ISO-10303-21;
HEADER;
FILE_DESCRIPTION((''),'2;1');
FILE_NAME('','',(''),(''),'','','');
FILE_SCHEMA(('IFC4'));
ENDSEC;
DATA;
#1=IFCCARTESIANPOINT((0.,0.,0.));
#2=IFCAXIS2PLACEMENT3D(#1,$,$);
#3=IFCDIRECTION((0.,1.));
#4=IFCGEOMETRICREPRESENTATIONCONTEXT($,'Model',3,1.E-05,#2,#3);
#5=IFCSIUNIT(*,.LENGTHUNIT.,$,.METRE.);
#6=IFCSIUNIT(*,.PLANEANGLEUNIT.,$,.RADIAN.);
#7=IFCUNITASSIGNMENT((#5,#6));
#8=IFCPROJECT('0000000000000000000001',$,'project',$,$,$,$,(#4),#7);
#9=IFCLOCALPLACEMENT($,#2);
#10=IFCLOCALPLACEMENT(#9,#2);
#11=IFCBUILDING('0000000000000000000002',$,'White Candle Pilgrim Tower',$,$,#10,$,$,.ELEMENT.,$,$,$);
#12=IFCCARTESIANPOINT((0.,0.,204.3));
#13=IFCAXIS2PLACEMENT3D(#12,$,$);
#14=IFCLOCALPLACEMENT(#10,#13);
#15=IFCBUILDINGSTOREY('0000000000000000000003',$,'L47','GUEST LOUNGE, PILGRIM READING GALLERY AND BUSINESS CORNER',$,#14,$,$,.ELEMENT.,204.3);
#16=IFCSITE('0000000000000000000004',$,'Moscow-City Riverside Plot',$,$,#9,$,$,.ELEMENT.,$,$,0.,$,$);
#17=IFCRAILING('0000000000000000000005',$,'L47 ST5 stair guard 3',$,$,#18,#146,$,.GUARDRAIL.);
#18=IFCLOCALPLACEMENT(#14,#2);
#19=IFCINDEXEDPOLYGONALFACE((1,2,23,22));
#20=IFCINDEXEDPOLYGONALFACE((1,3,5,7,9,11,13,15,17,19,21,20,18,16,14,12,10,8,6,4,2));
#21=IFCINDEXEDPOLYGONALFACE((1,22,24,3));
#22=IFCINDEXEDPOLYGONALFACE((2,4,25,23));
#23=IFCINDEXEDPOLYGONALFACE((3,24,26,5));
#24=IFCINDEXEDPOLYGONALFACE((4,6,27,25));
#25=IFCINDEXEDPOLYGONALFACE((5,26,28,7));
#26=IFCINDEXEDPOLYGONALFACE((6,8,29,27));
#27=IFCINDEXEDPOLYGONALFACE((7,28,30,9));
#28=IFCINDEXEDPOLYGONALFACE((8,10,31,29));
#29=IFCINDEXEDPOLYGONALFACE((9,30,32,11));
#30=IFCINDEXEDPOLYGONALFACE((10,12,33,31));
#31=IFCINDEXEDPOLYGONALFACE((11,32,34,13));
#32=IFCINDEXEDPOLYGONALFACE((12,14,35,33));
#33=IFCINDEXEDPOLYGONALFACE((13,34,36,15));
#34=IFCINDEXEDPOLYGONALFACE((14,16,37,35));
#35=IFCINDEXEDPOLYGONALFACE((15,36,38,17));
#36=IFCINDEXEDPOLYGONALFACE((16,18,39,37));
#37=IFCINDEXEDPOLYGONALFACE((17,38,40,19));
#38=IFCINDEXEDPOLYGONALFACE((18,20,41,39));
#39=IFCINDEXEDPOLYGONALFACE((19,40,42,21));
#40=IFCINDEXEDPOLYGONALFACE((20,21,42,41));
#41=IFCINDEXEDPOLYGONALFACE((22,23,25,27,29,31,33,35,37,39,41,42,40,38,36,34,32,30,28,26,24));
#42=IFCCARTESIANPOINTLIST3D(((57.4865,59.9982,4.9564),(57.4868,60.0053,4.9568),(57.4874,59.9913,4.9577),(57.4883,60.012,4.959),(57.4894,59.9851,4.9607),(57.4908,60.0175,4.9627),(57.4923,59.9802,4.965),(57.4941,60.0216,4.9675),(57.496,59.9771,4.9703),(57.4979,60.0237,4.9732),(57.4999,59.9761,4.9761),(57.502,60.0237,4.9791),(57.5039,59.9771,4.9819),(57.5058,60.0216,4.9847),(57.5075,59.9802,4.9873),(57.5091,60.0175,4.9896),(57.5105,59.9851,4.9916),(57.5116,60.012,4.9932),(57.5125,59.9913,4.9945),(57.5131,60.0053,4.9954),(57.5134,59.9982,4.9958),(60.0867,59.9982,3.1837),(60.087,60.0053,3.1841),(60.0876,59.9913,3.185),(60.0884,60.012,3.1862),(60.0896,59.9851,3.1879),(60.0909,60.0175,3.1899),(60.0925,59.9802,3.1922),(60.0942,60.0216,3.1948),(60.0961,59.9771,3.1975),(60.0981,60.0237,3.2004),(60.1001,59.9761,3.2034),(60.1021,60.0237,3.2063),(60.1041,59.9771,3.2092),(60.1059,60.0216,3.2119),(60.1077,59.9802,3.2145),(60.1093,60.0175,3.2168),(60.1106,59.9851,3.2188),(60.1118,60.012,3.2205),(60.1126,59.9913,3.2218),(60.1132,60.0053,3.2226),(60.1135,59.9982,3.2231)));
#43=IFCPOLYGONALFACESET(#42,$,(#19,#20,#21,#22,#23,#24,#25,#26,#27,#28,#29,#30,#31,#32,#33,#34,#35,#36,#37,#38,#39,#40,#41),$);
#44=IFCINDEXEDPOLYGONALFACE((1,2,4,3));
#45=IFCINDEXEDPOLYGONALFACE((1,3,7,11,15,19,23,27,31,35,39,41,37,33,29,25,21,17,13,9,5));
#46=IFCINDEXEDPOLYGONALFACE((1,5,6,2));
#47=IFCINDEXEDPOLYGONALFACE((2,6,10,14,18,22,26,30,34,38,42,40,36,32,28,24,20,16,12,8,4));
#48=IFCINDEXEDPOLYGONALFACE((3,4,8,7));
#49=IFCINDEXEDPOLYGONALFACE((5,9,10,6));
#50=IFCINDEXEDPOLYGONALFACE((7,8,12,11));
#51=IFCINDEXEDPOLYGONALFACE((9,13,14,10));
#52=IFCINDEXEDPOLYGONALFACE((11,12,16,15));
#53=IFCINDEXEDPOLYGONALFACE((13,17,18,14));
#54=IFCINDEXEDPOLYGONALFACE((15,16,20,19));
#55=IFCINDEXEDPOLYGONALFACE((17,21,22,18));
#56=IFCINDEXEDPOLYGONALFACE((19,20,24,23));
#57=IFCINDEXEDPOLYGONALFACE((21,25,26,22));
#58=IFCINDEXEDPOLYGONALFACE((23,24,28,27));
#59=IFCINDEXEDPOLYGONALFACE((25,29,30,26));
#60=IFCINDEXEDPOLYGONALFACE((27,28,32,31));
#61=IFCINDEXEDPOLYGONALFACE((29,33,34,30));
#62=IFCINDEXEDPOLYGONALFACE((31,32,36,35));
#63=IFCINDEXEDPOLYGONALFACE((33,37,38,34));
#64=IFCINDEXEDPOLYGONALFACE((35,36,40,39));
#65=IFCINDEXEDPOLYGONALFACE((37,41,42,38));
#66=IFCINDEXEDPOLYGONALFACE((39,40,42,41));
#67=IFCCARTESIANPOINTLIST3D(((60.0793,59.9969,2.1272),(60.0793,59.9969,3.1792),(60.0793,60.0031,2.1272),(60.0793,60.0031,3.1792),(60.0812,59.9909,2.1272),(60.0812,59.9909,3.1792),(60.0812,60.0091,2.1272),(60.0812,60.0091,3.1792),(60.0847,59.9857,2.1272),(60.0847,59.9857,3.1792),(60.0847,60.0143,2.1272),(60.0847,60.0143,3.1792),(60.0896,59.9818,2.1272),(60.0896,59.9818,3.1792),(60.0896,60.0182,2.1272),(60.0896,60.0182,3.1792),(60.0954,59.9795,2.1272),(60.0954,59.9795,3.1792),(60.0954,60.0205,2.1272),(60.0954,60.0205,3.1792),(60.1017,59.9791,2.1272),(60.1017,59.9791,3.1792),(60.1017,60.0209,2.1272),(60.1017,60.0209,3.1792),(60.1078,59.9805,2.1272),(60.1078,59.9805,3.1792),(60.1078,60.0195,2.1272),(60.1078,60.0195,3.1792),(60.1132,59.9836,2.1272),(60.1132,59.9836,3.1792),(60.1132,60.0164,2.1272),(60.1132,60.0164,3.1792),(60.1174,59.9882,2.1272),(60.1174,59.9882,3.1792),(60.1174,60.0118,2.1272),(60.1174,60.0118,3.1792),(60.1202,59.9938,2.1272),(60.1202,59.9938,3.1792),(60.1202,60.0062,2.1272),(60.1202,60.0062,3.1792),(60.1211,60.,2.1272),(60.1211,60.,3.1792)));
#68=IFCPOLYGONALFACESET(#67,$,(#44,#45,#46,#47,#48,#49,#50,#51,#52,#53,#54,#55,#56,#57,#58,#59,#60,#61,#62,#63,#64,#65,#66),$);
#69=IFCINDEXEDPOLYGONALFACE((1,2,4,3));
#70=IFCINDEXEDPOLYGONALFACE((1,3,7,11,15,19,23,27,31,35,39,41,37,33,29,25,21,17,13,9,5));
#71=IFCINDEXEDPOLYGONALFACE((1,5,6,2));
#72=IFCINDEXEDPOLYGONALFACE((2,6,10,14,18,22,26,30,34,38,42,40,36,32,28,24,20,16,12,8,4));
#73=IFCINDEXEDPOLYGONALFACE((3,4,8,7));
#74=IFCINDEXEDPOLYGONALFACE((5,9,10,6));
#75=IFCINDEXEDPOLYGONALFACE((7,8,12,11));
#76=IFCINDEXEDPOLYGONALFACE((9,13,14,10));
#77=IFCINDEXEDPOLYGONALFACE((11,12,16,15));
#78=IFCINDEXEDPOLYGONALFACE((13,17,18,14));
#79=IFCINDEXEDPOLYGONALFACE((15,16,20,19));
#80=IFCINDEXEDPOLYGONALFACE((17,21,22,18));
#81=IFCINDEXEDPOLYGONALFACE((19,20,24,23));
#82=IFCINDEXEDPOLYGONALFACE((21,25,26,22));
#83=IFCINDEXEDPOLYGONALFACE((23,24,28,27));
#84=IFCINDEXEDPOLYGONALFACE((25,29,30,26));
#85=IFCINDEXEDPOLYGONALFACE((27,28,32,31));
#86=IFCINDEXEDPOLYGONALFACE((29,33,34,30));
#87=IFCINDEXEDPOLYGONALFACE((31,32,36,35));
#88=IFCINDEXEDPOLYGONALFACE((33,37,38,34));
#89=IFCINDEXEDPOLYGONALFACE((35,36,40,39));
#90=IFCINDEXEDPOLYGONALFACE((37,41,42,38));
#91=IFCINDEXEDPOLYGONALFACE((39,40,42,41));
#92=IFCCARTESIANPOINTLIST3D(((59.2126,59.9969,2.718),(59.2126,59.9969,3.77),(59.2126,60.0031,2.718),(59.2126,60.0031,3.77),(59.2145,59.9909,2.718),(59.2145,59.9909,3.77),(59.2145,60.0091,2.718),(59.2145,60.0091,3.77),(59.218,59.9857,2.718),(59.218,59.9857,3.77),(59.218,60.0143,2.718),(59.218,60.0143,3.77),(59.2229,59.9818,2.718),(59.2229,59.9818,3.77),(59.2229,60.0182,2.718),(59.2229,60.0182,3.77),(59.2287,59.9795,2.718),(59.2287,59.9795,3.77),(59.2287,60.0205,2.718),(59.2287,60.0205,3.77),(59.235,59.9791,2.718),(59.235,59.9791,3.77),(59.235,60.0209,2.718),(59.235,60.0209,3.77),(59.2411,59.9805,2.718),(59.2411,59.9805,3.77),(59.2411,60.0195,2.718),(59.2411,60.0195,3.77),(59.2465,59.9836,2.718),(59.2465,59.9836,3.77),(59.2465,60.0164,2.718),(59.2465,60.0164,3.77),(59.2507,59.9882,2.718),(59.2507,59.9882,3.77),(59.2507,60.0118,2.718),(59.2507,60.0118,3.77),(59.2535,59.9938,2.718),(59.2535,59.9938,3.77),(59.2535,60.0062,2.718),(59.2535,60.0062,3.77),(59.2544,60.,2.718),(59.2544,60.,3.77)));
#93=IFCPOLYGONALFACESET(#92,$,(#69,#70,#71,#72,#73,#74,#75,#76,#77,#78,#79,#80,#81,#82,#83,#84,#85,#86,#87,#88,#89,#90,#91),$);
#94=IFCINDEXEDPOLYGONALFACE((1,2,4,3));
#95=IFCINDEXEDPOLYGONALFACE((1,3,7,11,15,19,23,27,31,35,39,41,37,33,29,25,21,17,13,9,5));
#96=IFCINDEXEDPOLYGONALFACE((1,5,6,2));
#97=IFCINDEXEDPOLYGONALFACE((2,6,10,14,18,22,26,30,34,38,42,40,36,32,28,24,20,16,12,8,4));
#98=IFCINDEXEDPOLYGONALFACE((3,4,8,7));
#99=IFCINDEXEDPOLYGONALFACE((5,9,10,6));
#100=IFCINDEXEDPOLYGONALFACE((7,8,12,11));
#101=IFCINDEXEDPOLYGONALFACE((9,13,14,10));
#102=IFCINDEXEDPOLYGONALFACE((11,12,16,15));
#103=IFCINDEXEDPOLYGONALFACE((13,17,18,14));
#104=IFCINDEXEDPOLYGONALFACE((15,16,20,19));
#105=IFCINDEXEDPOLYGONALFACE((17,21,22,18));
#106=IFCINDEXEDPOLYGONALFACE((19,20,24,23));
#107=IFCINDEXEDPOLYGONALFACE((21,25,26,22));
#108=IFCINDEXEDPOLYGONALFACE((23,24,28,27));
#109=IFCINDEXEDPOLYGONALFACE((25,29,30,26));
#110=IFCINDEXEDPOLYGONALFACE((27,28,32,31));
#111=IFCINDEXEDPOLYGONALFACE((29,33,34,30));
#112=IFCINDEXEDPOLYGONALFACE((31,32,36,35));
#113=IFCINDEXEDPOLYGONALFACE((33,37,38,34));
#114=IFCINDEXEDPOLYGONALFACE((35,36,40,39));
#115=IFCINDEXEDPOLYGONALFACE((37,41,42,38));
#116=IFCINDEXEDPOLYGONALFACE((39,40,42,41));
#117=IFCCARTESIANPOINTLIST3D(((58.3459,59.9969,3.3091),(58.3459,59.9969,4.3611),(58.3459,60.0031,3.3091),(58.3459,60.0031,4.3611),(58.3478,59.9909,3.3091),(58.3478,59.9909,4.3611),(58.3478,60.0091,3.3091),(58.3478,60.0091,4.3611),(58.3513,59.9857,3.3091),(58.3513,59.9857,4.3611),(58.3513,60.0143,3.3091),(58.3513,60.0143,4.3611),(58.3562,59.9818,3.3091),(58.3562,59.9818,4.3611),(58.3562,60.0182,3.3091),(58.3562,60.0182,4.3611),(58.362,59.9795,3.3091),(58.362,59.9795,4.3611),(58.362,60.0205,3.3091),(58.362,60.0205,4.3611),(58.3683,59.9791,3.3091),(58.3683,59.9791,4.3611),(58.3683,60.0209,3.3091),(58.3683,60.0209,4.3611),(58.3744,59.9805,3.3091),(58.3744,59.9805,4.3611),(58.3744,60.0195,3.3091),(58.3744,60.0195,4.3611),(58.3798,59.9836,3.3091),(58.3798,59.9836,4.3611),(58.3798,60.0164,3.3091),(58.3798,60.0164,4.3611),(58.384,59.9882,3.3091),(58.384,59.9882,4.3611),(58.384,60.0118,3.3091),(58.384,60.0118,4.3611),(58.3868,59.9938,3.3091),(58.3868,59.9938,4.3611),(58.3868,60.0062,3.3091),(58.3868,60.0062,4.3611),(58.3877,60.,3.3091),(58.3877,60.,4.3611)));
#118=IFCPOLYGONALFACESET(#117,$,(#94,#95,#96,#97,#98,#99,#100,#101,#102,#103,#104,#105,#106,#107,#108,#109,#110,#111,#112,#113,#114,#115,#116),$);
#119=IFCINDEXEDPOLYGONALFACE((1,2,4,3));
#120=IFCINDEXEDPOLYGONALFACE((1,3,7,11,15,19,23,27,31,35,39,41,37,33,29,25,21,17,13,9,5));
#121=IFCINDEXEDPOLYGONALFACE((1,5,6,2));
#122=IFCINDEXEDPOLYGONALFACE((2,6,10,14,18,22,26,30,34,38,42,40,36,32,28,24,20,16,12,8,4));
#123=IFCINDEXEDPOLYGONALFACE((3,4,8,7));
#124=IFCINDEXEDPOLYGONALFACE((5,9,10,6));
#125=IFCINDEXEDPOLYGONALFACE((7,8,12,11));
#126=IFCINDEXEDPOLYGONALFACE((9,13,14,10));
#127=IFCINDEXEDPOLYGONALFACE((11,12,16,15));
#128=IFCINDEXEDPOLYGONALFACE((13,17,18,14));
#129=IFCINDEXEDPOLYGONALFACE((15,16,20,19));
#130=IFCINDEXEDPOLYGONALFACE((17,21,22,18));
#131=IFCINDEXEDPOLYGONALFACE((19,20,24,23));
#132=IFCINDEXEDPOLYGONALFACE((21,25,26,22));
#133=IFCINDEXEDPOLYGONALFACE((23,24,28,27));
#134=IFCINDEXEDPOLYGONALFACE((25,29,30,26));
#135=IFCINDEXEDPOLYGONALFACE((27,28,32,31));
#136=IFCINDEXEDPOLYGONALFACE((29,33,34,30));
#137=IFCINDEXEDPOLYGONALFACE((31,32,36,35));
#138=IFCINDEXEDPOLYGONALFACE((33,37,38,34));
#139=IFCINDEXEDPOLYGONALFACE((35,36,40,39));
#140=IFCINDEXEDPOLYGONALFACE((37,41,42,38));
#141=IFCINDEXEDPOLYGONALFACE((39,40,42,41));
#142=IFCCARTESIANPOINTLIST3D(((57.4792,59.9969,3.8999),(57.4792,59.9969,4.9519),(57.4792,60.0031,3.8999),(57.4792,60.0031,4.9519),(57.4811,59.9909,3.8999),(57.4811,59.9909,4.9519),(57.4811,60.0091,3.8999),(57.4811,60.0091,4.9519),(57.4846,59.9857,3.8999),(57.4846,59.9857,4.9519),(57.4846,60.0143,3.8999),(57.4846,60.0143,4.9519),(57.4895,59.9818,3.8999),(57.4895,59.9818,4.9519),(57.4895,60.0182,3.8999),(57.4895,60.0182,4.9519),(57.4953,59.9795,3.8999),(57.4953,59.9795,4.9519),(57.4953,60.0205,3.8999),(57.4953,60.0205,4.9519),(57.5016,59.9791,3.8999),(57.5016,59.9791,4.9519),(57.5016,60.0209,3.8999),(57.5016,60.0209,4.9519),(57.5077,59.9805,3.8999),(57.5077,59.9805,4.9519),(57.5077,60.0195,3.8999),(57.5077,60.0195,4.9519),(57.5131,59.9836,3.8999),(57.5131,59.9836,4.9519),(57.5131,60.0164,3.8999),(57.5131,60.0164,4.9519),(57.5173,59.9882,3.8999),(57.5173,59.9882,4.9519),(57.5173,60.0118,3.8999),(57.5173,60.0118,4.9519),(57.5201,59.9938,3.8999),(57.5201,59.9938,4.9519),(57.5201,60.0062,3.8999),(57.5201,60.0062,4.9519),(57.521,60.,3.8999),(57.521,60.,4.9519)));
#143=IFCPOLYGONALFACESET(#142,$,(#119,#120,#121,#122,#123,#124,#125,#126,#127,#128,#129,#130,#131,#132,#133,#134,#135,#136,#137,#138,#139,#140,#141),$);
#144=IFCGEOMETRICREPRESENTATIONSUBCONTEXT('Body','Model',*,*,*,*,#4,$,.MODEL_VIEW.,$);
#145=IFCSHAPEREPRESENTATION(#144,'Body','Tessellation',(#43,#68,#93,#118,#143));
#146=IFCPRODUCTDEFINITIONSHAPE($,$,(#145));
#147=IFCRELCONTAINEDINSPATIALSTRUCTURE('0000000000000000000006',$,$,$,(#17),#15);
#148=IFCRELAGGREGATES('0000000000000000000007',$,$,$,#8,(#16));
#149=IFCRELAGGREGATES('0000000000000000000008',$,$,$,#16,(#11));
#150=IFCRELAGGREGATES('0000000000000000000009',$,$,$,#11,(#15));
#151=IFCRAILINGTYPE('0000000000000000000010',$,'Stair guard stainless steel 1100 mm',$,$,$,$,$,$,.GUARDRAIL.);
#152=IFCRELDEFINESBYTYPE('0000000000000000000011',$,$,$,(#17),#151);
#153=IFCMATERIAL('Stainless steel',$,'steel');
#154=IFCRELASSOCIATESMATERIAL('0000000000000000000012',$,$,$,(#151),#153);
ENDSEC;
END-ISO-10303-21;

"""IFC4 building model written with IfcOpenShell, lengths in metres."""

from ifc_helpers import new_model, si_unit, direction, frame, origin, origin_2d, place, context, subcontext, project, spatial, circle, extrude, material, type_object, element, save


model = new_model("IFC4")

# Units and contexts
model_context = context("Model", 3, precision=1e-05, world=origin(), true_north=direction((0.0, 1.0)))
body_context = subcontext(model_context, "Body", "Model", "MODEL_VIEW")
ifc_project = project(units=[si_unit("LENGTHUNIT", "METRE"), si_unit("PLANEANGLEUNIT", "RADIAN")], contexts=[model_context])

# Site, building, storey
site_placement = place(None, origin())
site = spatial("IfcSite", under=ifc_project, at=site_placement, Name="Moscow-City Riverside Plot", CompositionType="ELEMENT", RefElevation=0.0)
building_placement = place(site_placement, origin())
building = spatial("IfcBuilding", under=site, at=building_placement, Name="White Candle Pilgrim Tower", CompositionType="ELEMENT")
storey_placement = place(building_placement, frame((0.0, 0.0, 204.3)))
storey = spatial("IfcBuildingStorey", under=building, at=storey_placement, Name="L47", Description="GUEST LOUNGE, PILGRIM READING GALLERY AND BUSINESS CORNER", CompositionType="ELEMENT", Elevation=204.3)

# Railing
ifc_material_1 = material(Name="Stainless steel", Category="steel")
railing_type_1 = type_object("IfcRailingType", Name="Stair guard stainless steel 1100 mm", PredefinedType="GUARDRAIL", material=ifc_material_1)
railing_1_placement = place(storey_placement, frame((60.1001, 60.0, 2.1272)))
element("IfcRailing", 1, at=railing_1_placement, inside=storey, type_object=railing_type_1, Name="L47 ST5 stair guard 3", PredefinedType="GUARDRAIL", context=body_context, shape_type="SweptSolid", body=[
    extrude(circle(Radius=0.0239, at=origin_2d()), frame((0.0, 0.0, 1.0762), z_axis=(-0.82624, 0.0, 0.563318), x_axis=(0.0, -1.0, 0.0)), (0.0, 0.0, 1.0), 3.147),
    extrude(circle(Radius=0.021, at=origin_2d()), origin(), (0.0, 0.0, 1.0), 1.052),
    extrude(circle(Radius=0.021, at=origin_2d()), frame((-0.8667, 0.0, 0.5908)), (0.0, 0.0, 1.0), 1.052),
    extrude(circle(Radius=0.021, at=origin_2d()), frame((-1.7334, 0.0, 1.1819)), (0.0, 0.0, 1.0), 1.052),
    extrude(circle(Radius=0.021, at=origin_2d()), frame((-2.6001, 0.0, 1.7727)), (0.0, 0.0, 1.0), 1.052),
])

save(model, "model.ifc")
